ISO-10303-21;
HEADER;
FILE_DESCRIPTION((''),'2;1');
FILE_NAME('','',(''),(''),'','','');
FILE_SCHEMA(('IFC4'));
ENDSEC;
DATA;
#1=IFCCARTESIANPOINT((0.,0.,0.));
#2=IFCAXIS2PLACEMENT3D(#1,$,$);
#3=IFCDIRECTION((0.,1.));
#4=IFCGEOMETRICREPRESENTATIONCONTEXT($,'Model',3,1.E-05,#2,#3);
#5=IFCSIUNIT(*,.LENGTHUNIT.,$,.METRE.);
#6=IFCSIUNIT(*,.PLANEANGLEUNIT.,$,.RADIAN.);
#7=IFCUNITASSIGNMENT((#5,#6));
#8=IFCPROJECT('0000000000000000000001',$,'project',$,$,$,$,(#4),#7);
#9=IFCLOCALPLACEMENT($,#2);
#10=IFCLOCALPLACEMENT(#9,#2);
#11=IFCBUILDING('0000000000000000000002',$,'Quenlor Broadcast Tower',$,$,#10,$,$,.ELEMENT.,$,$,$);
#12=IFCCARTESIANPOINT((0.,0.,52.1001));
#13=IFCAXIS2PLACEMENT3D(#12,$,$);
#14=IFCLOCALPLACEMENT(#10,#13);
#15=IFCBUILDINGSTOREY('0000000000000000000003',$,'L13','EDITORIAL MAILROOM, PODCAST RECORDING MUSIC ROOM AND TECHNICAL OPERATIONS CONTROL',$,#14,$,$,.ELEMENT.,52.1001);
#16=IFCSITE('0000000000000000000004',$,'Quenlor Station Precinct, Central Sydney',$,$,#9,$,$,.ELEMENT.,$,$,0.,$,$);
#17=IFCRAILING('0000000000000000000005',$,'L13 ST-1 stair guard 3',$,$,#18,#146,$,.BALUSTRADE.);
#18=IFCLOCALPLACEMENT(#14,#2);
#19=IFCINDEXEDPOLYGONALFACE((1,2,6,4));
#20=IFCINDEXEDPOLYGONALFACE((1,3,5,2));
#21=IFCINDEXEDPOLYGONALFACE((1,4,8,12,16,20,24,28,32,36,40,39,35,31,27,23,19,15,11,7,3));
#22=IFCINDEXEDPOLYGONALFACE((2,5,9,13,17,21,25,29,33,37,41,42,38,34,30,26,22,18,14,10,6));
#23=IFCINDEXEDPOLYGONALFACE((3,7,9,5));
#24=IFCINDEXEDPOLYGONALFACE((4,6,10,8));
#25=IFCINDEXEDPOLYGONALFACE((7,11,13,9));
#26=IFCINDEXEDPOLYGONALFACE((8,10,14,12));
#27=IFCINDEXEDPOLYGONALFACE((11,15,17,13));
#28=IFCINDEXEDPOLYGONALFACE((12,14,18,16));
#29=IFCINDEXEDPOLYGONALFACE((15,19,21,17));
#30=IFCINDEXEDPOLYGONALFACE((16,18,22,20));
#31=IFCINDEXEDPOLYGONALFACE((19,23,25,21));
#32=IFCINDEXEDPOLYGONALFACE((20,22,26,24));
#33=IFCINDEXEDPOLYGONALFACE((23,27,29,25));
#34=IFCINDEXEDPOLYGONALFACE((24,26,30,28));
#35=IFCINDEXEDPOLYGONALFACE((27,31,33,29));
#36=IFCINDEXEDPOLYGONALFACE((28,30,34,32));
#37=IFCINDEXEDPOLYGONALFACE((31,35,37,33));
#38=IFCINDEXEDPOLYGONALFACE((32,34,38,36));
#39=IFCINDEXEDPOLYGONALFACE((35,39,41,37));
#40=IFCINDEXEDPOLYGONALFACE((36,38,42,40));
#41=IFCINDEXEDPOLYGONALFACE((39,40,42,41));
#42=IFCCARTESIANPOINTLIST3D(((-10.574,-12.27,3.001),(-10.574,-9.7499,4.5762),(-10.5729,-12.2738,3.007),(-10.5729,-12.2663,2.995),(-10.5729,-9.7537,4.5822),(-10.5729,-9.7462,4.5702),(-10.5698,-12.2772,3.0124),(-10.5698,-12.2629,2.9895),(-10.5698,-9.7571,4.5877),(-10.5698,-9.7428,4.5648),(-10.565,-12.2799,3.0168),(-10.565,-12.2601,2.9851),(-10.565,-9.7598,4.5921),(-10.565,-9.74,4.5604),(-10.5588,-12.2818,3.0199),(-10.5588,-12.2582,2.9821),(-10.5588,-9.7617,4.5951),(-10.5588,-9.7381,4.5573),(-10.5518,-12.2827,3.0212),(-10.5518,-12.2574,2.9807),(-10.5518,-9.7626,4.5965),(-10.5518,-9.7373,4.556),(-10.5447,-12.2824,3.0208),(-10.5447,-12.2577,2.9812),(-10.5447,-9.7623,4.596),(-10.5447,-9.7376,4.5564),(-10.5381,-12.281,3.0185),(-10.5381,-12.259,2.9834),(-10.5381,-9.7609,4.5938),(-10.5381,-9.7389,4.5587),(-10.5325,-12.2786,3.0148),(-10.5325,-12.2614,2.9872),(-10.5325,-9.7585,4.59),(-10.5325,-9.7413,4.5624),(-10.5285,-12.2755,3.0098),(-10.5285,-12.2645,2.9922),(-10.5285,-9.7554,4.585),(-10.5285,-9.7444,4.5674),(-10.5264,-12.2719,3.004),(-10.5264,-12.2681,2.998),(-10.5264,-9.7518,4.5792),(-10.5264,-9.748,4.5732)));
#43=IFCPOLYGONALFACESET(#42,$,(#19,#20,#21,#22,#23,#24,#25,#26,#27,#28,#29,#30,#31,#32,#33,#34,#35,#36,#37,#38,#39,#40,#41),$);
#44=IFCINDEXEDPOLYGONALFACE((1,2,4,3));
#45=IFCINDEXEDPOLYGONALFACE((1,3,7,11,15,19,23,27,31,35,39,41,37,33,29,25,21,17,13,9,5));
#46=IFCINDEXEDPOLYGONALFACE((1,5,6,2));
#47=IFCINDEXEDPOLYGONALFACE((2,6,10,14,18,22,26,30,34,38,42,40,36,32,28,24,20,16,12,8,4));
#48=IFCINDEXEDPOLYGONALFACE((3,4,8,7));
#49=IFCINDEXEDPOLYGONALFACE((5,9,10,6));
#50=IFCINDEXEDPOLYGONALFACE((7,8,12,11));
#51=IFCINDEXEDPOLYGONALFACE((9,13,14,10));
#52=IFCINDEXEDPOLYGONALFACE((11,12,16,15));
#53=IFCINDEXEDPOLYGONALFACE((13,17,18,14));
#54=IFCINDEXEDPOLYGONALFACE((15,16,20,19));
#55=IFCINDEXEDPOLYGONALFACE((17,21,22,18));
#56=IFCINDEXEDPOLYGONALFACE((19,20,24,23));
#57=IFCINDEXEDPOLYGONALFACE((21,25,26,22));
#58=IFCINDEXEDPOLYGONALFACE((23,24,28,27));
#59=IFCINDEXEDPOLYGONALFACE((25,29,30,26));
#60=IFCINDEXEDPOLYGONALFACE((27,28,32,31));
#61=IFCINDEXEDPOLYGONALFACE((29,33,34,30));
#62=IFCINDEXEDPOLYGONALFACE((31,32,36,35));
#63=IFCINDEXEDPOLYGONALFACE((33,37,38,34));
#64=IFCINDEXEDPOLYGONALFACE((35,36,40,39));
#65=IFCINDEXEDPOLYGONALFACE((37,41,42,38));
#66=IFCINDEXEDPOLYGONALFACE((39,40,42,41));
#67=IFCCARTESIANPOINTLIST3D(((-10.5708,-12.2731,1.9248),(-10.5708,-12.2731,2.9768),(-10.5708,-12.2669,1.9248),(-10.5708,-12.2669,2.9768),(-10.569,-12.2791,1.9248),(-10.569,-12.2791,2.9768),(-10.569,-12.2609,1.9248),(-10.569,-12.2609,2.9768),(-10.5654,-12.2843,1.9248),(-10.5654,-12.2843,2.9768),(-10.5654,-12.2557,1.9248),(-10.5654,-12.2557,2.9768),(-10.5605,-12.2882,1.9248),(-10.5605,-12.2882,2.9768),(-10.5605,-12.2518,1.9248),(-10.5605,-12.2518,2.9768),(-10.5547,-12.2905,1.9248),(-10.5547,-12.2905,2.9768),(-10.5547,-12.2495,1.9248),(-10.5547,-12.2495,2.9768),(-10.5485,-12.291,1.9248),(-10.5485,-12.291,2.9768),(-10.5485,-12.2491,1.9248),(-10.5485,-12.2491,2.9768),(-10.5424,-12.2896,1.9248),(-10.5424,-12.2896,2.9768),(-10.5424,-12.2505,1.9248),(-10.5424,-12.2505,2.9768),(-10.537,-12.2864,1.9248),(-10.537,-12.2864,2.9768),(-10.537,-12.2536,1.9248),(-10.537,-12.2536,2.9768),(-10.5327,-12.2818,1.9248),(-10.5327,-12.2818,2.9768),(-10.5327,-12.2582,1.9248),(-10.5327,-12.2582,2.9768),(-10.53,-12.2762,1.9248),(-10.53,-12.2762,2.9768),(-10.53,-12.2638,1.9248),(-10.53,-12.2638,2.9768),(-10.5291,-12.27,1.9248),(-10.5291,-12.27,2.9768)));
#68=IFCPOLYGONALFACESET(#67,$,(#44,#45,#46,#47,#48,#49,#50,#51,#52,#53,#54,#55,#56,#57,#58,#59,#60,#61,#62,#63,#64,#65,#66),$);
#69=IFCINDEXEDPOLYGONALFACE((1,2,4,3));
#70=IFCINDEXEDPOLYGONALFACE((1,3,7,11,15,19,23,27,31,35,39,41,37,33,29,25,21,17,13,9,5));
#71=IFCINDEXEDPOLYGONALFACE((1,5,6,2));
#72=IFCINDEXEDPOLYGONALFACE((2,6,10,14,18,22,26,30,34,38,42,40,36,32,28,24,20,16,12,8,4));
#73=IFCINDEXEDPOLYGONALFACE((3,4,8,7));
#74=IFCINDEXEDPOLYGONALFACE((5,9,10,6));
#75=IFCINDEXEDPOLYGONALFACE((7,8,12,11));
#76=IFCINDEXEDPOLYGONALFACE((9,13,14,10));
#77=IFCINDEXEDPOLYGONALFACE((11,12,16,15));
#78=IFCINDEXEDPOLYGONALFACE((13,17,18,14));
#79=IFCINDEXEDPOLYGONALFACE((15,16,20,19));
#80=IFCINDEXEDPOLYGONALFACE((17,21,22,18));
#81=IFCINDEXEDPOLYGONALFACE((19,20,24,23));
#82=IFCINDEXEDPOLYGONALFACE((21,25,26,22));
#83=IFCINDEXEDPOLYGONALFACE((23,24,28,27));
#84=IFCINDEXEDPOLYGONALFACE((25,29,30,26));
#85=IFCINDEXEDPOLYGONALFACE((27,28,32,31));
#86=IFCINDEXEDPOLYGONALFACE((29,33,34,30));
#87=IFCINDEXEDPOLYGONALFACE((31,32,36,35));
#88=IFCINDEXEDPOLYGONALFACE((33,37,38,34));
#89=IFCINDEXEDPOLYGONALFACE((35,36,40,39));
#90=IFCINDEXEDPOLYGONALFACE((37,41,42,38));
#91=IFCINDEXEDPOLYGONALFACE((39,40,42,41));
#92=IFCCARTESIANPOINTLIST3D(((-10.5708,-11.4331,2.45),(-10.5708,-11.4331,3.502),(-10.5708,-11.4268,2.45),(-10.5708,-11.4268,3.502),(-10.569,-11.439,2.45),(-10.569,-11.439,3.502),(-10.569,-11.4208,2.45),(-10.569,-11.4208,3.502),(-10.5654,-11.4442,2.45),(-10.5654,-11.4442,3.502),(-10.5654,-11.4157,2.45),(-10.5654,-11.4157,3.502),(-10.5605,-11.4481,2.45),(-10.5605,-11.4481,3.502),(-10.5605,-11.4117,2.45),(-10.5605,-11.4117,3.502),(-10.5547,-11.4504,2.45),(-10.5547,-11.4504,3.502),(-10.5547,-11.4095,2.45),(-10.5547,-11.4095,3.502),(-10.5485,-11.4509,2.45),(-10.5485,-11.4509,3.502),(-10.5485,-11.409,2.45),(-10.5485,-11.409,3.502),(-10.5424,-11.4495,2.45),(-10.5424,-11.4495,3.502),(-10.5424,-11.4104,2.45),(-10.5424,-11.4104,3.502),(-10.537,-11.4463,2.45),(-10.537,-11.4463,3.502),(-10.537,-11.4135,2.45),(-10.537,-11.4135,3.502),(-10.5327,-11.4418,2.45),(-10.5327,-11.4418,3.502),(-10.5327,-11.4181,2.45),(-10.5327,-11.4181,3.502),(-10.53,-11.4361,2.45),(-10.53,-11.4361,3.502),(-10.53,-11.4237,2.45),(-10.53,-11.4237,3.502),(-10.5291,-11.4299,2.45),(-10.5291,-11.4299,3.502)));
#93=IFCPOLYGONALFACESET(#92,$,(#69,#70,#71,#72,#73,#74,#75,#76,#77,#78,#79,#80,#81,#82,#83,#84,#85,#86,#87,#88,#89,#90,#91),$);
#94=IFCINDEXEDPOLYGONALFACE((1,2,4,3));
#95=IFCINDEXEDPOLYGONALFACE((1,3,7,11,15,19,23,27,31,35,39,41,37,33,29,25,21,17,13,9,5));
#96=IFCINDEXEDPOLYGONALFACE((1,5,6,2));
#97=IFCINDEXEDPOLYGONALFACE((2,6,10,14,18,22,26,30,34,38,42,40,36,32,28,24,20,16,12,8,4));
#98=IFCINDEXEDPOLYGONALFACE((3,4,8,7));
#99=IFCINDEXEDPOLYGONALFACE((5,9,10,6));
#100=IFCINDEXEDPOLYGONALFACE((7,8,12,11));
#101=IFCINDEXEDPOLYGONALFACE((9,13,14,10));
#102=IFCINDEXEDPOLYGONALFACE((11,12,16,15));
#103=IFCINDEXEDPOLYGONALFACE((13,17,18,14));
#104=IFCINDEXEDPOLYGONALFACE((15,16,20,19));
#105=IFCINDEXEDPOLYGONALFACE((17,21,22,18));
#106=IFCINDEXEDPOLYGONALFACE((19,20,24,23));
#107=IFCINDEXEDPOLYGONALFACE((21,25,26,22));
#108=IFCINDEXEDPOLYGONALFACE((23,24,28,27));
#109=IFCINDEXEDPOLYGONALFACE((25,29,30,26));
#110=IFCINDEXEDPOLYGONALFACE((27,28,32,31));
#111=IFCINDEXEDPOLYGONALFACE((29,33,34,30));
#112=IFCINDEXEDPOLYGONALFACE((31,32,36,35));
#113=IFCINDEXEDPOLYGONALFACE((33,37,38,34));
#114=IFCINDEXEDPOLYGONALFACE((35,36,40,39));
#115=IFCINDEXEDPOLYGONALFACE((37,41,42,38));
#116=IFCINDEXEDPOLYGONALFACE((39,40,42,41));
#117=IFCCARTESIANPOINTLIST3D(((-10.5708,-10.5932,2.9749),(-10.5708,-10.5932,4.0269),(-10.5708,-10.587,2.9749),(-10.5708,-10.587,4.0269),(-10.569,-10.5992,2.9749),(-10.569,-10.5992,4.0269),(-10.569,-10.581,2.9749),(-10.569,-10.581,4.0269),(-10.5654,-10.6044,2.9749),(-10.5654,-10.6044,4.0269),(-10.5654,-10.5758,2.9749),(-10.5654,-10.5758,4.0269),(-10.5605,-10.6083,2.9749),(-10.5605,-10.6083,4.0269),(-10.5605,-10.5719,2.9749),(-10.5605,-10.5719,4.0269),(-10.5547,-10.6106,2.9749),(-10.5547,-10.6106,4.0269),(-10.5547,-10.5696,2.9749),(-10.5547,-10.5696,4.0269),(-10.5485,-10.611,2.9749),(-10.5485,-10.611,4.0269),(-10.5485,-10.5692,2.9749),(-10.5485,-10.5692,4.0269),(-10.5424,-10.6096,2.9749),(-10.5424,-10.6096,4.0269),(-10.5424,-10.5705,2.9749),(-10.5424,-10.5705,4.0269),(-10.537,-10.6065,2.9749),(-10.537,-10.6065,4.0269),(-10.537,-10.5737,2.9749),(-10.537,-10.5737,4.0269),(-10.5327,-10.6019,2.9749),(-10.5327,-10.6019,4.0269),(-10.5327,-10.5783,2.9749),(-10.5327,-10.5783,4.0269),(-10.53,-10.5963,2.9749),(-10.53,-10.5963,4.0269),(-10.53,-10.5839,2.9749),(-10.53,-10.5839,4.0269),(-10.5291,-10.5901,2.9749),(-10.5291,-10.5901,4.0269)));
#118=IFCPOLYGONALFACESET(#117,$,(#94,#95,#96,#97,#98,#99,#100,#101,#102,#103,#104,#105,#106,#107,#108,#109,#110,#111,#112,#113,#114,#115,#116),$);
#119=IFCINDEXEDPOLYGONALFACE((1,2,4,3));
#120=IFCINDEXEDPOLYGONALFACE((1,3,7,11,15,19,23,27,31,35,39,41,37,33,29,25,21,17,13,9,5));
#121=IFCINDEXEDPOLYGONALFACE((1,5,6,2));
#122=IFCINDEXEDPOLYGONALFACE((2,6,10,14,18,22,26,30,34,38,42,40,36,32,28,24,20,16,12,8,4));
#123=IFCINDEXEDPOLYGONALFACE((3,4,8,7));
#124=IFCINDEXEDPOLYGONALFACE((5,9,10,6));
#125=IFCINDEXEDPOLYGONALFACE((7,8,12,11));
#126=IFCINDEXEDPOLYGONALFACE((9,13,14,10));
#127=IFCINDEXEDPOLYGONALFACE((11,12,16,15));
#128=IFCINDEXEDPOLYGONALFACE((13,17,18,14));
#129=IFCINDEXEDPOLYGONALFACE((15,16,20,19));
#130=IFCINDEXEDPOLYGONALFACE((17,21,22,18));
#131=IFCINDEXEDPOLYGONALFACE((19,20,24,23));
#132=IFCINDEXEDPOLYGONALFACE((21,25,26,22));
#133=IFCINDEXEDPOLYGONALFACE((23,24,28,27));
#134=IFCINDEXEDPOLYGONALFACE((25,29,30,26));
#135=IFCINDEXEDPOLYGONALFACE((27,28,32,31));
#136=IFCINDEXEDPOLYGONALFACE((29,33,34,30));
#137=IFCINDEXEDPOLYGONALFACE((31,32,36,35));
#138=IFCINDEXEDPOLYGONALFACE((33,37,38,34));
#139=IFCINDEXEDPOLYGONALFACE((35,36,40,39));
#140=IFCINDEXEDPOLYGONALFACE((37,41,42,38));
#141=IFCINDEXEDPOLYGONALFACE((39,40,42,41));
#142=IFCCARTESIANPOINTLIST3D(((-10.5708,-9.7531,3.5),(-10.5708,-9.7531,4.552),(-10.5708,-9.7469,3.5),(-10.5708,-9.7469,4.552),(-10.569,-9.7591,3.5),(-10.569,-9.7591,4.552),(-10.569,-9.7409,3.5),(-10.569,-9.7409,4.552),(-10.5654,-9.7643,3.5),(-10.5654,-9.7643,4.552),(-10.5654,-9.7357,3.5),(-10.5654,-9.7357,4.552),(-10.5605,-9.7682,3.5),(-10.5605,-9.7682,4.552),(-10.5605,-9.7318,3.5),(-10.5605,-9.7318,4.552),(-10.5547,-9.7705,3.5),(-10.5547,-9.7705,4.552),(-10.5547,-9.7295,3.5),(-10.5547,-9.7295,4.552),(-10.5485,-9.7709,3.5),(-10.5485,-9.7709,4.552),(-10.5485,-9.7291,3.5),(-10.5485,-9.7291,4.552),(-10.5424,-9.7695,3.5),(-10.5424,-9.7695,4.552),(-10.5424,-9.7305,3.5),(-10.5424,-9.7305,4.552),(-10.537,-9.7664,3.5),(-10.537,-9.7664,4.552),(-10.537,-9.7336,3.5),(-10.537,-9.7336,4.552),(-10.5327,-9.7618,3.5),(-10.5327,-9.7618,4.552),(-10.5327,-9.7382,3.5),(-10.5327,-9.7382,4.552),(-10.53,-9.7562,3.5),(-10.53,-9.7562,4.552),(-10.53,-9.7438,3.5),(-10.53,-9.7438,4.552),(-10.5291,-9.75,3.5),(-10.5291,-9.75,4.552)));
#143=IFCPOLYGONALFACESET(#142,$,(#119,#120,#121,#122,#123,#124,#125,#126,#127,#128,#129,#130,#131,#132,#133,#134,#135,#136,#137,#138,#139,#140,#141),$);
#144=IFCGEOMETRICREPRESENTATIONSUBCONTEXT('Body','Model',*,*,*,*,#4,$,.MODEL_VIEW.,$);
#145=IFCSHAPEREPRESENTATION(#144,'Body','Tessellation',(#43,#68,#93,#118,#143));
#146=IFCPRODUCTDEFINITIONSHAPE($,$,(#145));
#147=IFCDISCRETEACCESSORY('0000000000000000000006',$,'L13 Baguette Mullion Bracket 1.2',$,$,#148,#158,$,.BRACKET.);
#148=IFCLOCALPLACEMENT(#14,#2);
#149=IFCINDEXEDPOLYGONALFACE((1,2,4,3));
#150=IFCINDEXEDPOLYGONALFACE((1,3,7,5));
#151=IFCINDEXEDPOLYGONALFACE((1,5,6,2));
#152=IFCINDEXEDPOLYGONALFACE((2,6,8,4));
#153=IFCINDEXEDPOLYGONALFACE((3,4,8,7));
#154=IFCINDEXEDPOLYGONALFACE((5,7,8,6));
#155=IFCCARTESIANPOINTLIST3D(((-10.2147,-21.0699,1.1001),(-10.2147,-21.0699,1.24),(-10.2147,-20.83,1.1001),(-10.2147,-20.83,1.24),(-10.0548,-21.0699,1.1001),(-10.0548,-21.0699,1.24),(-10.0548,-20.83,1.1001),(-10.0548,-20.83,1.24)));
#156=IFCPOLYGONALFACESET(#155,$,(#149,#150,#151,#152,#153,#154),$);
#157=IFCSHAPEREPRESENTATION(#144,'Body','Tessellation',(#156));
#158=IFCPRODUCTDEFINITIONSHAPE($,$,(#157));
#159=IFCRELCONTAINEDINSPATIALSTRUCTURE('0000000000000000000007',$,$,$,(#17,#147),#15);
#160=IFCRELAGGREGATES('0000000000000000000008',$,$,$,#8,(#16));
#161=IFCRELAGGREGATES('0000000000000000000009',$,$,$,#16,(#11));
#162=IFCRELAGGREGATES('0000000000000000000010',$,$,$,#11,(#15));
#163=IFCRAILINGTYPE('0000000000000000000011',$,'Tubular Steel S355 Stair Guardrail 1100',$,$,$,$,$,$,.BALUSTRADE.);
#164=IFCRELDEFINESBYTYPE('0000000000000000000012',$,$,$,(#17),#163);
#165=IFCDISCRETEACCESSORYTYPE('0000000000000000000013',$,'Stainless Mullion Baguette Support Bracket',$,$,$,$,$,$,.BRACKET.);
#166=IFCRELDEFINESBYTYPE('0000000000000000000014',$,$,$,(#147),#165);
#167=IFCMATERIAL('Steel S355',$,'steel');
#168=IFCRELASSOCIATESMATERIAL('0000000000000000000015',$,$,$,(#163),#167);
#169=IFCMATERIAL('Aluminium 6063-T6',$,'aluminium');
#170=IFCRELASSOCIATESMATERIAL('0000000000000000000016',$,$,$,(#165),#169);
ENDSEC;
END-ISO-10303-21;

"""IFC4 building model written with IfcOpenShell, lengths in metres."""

from ifc_helpers import new_model, si_unit, direction, frame, origin, origin_2d, place, context, subcontext, project, spatial, rectangle, circle, extrude, material, type_object, element, save


model = new_model("IFC4")

# Units and contexts
model_context = context("Model", 3, precision=1e-05, world=origin(), true_north=direction((0.0, 1.0)))
body_context = subcontext(model_context, "Body", "Model", "MODEL_VIEW")
ifc_project = project(units=[si_unit("LENGTHUNIT", "METRE"), si_unit("PLANEANGLEUNIT", "RADIAN")], contexts=[model_context])

# Site, building, storey
site_placement = place(None, origin())
site = spatial("IfcSite", under=ifc_project, at=site_placement, Name="Quenlor Station Precinct, Central Sydney", CompositionType="ELEMENT", RefElevation=0.0)
building_placement = place(site_placement, origin())
building = spatial("IfcBuilding", under=site, at=building_placement, Name="Quenlor Broadcast Tower", CompositionType="ELEMENT")
storey_placement = place(building_placement, frame((0.0, 0.0, 52.1001)))
storey = spatial("IfcBuildingStorey", under=building, at=storey_placement, Name="L13", Description="EDITORIAL MAILROOM, PODCAST RECORDING MUSIC ROOM AND TECHNICAL OPERATIONS CONTROL", CompositionType="ELEMENT", Elevation=52.1001)

# Railing
ifc_material_1 = material(Name="Steel S355", Category="steel")
railing_type = type_object("IfcRailingType", Name="Tubular Steel S355 Stair Guardrail 1100", PredefinedType="BALUSTRADE", material=ifc_material_1)
railing_1_placement = place(storey_placement, frame((-10.55, -12.27, 1.9248)))
element("IfcRailing", 1, at=railing_1_placement, inside=storey, type_object=railing_type, Name="L13 ST-1 stair guard 3", PredefinedType="BALUSTRADE", context=body_context, shape_type="SweptSolid", body=[
    extrude(circle(Radius=0.0239, at=origin_2d()), frame((0.0, 0.0, 1.0762), z_axis=(0.0, 0.847971, 0.530043), x_axis=(-1.0, 0.0, 0.0)), (0.0, 0.0, 1.0), 2.9719),
    extrude(circle(Radius=0.021, at=origin_2d()), origin(), (0.0, 0.0, 1.0), 1.052),
    extrude(circle(Radius=0.021, at=origin_2d()), frame((0.0, 0.8401, 0.5251)), (0.0, 0.0, 1.0), 1.052),
    extrude(circle(Radius=0.021, at=origin_2d()), frame((0.0, 1.6799, 1.05)), (0.0, 0.0, 1.0), 1.052),
    extrude(circle(Radius=0.021, at=origin_2d()), frame((0.0, 2.52, 1.5752)), (0.0, 0.0, 1.0), 1.052),
])

# Discrete accessory
ifc_material_2 = material(Name="Aluminium 6063-T6", Category="aluminium")
discrete_accessory_type = type_object("IfcDiscreteAccessoryType", Name="Stainless Mullion Baguette Support Bracket", PredefinedType="BRACKET", material=ifc_material_2)
discrete_accessory_placement = place(storey_placement, frame((-10.1348, -20.95, 1.1001), z_axis=(0.0, 0.0, 1.0), x_axis=(-1.0, 0.0, 0.0)))
element("IfcDiscreteAccessory", 2, at=discrete_accessory_placement, inside=storey, type_object=discrete_accessory_type, Name="L13 Baguette Mullion Bracket 1.2", PredefinedType="BRACKET", context=body_context, shape_type="SweptSolid", body=[
    extrude(rectangle(XDim=0.1599, YDim=0.24, at=origin_2d()), origin(), (0.0, 0.0, 1.0), 0.1399),
])

save(model, "model.ifc")
